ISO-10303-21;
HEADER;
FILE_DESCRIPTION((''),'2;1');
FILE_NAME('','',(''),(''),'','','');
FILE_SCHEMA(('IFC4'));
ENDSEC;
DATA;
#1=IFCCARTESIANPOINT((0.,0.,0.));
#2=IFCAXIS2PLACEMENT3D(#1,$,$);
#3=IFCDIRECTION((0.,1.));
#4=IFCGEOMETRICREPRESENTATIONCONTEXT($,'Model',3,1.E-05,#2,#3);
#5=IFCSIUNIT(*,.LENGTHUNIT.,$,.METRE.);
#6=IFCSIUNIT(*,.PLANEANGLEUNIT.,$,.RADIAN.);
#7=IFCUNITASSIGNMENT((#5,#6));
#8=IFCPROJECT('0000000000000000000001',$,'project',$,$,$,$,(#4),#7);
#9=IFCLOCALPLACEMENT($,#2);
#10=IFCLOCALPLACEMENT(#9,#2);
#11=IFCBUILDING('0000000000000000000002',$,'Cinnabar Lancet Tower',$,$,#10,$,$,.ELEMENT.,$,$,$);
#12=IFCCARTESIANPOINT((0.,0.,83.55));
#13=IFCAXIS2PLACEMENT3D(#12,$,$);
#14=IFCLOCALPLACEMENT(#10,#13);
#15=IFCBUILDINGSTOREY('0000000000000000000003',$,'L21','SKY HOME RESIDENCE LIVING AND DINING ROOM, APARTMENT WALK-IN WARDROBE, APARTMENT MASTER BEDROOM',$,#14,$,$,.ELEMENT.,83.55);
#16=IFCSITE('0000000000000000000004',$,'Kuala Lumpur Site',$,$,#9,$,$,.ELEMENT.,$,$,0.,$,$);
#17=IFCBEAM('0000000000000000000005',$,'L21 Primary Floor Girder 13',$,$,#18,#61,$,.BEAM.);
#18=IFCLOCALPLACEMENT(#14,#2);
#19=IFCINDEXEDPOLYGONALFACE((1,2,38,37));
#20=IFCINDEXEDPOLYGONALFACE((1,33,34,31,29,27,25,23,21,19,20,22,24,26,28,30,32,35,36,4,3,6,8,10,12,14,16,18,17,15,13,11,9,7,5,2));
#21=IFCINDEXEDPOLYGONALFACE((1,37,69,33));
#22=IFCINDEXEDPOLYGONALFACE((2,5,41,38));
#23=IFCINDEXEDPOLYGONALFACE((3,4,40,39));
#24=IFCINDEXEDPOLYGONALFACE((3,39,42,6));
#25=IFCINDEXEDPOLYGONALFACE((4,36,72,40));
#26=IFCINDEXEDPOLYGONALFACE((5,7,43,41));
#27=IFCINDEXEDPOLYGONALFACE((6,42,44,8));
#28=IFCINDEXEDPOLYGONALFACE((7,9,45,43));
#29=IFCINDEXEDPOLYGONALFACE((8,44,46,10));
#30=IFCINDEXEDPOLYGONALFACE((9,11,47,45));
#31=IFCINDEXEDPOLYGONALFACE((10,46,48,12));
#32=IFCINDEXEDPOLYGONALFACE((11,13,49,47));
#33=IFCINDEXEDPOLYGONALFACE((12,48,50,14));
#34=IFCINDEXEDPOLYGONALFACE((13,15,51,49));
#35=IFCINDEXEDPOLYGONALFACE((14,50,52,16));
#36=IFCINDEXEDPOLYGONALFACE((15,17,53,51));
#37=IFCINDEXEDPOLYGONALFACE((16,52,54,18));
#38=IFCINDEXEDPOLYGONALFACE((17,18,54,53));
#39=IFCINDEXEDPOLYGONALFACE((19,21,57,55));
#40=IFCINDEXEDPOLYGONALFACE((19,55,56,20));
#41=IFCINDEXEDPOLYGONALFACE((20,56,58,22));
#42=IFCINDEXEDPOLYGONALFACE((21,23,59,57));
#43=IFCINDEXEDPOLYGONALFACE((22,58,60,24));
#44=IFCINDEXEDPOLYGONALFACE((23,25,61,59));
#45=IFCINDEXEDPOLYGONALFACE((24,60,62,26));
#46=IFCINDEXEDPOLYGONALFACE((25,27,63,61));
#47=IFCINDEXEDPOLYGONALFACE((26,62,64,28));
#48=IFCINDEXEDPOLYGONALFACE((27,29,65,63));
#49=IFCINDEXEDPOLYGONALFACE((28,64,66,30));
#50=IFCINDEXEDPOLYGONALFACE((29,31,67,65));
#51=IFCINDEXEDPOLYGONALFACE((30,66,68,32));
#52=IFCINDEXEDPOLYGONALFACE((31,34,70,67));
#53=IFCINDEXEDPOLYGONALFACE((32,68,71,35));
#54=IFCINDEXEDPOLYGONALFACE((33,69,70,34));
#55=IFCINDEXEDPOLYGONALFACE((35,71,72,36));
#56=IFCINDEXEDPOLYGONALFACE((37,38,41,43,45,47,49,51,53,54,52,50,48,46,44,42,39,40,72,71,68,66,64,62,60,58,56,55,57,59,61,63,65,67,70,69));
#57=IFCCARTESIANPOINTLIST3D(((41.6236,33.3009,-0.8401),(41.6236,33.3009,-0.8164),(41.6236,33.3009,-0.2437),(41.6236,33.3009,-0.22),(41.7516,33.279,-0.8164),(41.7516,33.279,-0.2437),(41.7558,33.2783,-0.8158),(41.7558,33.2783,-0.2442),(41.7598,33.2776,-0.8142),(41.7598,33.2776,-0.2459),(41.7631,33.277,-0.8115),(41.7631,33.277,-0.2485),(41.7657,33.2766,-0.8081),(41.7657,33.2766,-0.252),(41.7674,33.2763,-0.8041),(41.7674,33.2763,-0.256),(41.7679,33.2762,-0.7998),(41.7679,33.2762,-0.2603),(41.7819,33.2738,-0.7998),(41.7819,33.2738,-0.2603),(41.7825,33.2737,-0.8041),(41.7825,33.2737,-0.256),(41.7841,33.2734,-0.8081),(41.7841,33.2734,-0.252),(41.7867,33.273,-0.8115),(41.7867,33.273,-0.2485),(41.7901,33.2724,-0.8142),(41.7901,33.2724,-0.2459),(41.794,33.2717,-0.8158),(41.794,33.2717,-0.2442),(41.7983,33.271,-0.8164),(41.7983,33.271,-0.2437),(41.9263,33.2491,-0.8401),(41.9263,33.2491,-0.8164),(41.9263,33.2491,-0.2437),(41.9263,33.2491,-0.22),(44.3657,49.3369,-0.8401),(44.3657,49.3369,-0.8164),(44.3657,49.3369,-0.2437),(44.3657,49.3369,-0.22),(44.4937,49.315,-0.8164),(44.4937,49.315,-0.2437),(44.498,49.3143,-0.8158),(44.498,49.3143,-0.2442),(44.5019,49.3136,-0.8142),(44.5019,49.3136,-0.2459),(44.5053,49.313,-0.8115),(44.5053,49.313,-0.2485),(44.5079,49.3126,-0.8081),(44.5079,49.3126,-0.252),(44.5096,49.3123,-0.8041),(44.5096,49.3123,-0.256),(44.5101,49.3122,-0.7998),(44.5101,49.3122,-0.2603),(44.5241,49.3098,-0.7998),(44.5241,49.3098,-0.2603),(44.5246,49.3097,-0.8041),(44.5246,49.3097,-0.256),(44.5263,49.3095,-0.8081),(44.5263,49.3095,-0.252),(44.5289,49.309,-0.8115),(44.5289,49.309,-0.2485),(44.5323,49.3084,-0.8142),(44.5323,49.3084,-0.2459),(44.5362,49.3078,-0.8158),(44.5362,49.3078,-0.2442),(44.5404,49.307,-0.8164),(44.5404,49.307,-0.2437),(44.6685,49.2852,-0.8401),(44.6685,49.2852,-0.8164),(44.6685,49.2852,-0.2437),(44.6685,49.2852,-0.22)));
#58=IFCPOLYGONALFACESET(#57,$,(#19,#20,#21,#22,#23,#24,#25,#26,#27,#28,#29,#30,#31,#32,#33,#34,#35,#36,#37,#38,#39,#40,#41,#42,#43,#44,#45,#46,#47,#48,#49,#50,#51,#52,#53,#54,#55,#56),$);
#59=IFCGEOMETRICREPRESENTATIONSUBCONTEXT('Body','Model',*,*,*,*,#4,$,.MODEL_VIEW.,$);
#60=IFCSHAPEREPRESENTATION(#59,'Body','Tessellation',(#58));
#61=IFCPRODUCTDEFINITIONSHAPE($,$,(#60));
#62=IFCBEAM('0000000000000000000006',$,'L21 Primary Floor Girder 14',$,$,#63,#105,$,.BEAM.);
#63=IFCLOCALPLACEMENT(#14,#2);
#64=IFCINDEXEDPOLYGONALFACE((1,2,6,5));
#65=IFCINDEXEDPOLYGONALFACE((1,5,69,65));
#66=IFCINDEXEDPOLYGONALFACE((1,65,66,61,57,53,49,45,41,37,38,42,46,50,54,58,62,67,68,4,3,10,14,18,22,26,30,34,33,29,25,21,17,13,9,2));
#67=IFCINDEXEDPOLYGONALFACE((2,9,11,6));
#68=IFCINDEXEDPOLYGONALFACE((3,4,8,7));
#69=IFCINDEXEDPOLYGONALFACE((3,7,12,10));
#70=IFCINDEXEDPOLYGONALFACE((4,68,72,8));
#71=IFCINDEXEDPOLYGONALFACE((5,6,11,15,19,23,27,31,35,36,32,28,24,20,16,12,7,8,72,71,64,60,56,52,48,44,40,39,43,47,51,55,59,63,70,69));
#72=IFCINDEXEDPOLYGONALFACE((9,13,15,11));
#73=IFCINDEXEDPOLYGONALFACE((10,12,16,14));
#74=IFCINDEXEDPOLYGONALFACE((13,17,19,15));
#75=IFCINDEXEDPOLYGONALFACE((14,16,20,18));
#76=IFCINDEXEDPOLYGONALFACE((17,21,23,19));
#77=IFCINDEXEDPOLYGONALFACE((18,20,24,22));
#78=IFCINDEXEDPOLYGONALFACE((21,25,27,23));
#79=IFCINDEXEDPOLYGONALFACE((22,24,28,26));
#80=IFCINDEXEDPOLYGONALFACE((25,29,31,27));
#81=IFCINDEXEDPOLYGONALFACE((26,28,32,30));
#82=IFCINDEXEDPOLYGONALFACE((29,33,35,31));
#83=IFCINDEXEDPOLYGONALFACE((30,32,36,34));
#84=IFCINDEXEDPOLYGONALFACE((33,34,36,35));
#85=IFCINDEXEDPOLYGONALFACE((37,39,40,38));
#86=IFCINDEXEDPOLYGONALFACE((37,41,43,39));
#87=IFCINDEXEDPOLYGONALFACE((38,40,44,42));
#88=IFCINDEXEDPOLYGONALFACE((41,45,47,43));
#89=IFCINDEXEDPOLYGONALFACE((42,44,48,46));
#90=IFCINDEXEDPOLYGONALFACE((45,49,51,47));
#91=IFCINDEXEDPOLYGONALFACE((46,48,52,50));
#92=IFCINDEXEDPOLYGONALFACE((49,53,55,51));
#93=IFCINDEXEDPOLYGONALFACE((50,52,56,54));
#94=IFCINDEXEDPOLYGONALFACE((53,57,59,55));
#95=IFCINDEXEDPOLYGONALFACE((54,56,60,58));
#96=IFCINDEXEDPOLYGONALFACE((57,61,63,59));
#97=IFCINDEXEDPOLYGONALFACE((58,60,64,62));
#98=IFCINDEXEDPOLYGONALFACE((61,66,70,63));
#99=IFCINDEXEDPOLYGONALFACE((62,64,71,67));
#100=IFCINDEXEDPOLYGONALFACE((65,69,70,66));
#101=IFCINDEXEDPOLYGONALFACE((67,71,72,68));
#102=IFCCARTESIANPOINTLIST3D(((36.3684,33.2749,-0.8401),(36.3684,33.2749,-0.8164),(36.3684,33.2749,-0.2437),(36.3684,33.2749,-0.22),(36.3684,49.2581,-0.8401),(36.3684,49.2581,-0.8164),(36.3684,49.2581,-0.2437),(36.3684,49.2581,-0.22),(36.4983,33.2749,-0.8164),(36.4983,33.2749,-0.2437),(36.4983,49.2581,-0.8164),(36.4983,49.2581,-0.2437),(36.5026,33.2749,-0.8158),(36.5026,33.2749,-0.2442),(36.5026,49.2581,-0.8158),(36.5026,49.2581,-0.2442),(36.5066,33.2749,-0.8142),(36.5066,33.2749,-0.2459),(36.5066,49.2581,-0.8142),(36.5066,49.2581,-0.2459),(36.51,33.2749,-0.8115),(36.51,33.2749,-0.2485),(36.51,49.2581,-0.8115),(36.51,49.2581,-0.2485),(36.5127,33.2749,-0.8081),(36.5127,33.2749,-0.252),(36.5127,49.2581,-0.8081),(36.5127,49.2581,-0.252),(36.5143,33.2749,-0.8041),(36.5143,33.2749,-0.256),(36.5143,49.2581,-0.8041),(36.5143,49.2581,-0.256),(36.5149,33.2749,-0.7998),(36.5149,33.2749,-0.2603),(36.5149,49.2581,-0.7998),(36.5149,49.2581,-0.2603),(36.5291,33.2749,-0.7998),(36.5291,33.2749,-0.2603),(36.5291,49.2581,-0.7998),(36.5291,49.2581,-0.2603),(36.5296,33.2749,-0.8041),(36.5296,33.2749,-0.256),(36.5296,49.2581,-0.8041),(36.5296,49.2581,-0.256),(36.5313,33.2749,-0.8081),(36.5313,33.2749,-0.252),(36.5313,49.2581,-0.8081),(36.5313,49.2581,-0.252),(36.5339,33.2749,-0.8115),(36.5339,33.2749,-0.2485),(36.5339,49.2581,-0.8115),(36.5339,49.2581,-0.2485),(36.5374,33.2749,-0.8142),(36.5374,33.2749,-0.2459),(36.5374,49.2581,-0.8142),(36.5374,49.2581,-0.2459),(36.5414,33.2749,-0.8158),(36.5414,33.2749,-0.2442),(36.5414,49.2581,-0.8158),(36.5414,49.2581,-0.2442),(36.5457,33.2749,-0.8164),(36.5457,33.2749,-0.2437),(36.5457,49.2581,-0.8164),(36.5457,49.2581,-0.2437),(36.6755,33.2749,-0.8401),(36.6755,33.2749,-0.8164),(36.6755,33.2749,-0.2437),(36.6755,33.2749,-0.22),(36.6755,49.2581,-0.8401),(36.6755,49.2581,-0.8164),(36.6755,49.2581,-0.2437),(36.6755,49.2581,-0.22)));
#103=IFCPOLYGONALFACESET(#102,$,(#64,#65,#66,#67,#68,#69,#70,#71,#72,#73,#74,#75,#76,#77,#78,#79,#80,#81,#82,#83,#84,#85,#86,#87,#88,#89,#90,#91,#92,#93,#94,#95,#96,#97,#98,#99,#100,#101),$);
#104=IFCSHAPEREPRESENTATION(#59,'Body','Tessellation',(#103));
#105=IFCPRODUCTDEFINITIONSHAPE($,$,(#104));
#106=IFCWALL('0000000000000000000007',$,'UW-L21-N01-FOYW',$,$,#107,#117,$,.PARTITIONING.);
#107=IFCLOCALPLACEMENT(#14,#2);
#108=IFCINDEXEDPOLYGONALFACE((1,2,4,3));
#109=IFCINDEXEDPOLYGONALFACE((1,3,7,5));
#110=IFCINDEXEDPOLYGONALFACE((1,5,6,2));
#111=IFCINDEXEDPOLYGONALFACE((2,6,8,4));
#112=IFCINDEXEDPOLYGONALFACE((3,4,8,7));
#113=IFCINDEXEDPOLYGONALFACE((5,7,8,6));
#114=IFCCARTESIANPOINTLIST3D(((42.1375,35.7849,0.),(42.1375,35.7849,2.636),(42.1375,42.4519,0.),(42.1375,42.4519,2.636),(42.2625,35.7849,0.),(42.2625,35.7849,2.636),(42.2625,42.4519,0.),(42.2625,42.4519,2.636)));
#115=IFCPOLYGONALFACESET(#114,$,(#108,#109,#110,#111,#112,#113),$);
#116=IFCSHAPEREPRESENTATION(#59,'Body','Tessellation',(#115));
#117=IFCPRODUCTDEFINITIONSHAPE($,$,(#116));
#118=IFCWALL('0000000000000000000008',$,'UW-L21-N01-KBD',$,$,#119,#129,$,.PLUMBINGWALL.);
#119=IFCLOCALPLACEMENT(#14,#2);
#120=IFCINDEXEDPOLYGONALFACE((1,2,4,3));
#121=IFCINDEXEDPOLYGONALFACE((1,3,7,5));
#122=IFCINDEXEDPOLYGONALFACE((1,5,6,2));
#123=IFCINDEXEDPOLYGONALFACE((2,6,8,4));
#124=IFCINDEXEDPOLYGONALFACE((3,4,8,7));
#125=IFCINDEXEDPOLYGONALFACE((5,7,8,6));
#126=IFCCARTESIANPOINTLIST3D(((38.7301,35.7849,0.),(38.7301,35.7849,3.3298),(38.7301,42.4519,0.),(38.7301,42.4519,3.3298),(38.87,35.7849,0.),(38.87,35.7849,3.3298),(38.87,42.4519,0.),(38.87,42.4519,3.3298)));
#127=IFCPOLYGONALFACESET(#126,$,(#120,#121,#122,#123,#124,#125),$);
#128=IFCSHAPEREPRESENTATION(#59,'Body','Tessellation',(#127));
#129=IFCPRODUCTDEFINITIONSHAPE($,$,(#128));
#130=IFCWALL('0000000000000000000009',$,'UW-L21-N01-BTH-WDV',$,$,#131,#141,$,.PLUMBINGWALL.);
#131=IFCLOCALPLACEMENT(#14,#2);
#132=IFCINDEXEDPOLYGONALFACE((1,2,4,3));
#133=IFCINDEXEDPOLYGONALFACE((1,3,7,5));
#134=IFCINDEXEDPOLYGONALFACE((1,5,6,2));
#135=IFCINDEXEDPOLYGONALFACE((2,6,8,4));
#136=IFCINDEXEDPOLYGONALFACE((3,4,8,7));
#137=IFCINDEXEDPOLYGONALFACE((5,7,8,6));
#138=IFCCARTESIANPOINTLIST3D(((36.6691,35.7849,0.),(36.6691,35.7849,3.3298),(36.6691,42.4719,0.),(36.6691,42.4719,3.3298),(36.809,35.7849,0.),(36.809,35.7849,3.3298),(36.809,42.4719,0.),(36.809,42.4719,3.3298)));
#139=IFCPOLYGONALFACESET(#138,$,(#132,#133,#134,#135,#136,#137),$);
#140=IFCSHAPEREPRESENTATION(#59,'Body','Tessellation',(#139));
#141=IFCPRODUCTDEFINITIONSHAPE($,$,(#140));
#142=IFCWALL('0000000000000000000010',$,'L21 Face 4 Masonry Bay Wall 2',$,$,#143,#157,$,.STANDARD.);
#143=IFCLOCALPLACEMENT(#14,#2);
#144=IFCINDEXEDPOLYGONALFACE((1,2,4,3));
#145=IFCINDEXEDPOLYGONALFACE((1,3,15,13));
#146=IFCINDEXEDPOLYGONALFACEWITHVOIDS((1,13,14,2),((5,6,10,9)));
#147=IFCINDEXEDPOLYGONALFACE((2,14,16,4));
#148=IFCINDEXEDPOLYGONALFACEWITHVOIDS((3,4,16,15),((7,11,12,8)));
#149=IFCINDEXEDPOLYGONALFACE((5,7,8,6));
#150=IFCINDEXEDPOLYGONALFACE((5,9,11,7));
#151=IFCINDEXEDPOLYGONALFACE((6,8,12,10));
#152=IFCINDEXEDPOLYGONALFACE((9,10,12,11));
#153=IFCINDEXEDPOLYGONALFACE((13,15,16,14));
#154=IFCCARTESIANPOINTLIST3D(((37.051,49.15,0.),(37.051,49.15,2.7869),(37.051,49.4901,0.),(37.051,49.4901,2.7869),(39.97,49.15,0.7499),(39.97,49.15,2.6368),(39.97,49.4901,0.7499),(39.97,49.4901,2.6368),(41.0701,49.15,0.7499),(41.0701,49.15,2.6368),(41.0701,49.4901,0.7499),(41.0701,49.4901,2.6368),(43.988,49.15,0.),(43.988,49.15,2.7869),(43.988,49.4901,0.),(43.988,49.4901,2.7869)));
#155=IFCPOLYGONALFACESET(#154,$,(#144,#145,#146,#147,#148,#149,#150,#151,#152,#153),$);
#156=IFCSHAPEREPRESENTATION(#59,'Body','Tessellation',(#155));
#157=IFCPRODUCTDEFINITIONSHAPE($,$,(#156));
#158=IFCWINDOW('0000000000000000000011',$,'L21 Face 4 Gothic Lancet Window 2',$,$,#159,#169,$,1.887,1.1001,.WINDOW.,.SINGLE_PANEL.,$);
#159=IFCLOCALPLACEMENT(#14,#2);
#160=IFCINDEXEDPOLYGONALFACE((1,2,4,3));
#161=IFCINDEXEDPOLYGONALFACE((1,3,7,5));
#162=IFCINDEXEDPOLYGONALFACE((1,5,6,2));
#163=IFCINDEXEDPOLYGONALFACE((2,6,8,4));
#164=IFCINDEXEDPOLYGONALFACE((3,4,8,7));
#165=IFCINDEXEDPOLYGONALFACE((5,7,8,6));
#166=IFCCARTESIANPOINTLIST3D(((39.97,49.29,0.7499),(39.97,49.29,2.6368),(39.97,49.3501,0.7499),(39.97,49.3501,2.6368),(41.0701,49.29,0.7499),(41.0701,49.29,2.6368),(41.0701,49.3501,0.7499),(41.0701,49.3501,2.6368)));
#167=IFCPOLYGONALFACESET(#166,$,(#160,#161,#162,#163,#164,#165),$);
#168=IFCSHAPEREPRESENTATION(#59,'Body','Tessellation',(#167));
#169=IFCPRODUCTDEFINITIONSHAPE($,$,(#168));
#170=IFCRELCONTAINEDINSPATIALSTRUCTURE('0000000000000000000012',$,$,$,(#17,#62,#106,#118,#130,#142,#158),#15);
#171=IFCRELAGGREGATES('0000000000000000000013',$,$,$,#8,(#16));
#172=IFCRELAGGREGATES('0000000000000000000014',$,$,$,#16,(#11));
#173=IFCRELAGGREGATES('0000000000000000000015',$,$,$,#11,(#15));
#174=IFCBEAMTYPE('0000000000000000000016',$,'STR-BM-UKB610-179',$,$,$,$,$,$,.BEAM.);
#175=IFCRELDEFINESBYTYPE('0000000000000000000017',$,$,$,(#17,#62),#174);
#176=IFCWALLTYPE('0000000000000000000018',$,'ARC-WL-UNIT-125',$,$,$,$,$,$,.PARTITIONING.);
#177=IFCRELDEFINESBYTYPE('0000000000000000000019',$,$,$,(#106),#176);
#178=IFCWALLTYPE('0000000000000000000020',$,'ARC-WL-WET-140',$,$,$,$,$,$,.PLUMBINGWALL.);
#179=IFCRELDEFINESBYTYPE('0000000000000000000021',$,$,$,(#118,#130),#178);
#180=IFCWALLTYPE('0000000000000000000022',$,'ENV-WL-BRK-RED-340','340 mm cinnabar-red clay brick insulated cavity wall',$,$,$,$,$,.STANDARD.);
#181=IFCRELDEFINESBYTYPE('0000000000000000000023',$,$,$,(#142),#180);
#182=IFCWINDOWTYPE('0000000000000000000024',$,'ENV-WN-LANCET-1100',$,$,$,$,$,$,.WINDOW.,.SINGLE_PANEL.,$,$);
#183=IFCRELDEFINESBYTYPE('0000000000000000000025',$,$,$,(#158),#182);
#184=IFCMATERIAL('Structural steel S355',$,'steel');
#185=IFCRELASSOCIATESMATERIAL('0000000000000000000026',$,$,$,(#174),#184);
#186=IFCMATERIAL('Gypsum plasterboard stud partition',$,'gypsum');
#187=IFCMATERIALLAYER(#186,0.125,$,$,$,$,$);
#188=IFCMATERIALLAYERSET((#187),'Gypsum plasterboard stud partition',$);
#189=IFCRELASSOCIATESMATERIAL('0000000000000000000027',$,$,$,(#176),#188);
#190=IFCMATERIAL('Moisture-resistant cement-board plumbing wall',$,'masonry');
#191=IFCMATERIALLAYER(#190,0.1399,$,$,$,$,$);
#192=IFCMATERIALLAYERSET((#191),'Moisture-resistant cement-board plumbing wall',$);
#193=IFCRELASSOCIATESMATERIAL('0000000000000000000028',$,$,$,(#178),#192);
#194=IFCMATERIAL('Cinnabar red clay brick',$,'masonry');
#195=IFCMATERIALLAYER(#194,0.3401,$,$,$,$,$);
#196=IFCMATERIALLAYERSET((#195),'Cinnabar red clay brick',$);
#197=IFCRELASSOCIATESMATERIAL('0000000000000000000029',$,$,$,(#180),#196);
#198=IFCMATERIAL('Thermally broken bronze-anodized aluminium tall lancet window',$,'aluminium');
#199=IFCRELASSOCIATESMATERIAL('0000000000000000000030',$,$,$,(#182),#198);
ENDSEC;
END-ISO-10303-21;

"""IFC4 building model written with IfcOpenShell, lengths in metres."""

from ifc_helpers import new_model, si_unit, direction, frame, frame_2d, origin, origin_2d, place, context, subcontext, project, spatial, rectangle, i_section, extrude, material, layer, layer_set, material_profile, profile_set, type_object, element, fill, save


model = new_model("IFC4")

# Units and contexts
model_context = context("Model", 3, precision=1e-05, world=origin(), true_north=direction((0.0, 1.0)))
body_context = subcontext(model_context, "Body", "Model", "MODEL_VIEW")
ifc_project = project(units=[si_unit("LENGTHUNIT", "METRE"), si_unit("PLANEANGLEUNIT", "RADIAN")], contexts=[model_context])

# Site, building, storey
site_placement = place(None, origin())
site = spatial("IfcSite", under=ifc_project, at=site_placement, Name="Kuala Lumpur Site", CompositionType="ELEMENT", RefElevation=0.0)
building_placement = place(site_placement, origin())
building = spatial("IfcBuilding", under=site, at=building_placement, Name="Cinnabar Lancet Tower", CompositionType="ELEMENT")
storey_placement = place(building_placement, frame((0.0, 0.0, 83.55)))
storey = spatial("IfcBuildingStorey", under=building, at=storey_placement, Name="L21", Description="SKY HOME RESIDENCE LIVING AND DINING ROOM, APARTMENT WALK-IN WARDROBE, APARTMENT MASTER BEDROOM", CompositionType="ELEMENT", Elevation=83.55)

# Beams
ifc_material_1 = material(Name="Structural steel S355", Category="steel")
ifc_material_profile_1 = material_profile(ifc_material_1, i_section(OverallWidth=0.3071, OverallDepth=0.6201, WebThickness=0.0142, FlangeThickness=0.0237, FilletRadius=0.0166, at=origin_2d()), Name="UKB 610x305x179")
ifc_profile_set_1 = profile_set([ifc_material_profile_1], Name="Structural steel S355")
beam_type_1 = type_object("IfcBeamType", Name="STR-BM-UKB610-179", PredefinedType="BEAM", material=ifc_profile_set_1)
beam_1_placement = place(storey_placement, frame((44.5171, 49.311, -0.53), z_axis=(-0.168554, -0.985692, 0.0), x_axis=(0.985692, -0.168554, 0.0)))
element("IfcBeam", 1, at=beam_1_placement, inside=storey, type_object=beam_type_1, Name="L21 Primary Floor Girder 13", PredefinedType="BEAM", context=body_context, shape_type="SweptSolid", body=[
    extrude(i_section(OverallWidth=0.3071, OverallDepth=0.6201, WebThickness=0.0142, FlangeThickness=0.0237, FilletRadius=0.0166, at=origin_2d()), origin(), (0.0, 0.0, 1.0), 16.2688),
])
beam_2_placement = place(storey_placement, frame((36.522, 49.2581, -0.53), z_axis=(0.0, -1.0, 0.0), x_axis=(1.0, 0.0, 0.0)))
element("IfcBeam", 2, at=beam_2_placement, inside=storey, type_object=beam_type_1, Name="L21 Primary Floor Girder 14", PredefinedType="BEAM", context=body_context, shape_type="SweptSolid", body=[
    extrude(i_section(OverallWidth=0.3071, OverallDepth=0.6201, WebThickness=0.0142, FlangeThickness=0.0237, FilletRadius=0.0166, at=origin_2d()), origin(), (0.0, 0.0, 1.0), 15.9832),
])

# Walls
ifc_material_2 = material(Name="Gypsum plasterboard stud partition", Category="gypsum")
ifc_layer_1 = layer(ifc_material_2, 0.125)
ifc_layer_set_1 = layer_set([ifc_layer_1], Name="Gypsum plasterboard stud partition")
wall_type_1 = type_object("IfcWallType", Name="ARC-WL-UNIT-125", PredefinedType="PARTITIONING", material=ifc_layer_set_1)
wall_1_placement = place(storey_placement, frame((42.2, 35.7849, 0.0), z_axis=(0.0, 0.0, 1.0), x_axis=(0.0, 1.0, 0.0)))
element("IfcWall", 3, at=wall_1_placement, inside=storey, type_object=wall_type_1, Name="UW-L21-N01-FOYW", PredefinedType="PARTITIONING", context=body_context, shape_type="SweptSolid", body=[
    extrude(rectangle(XDim=6.667, YDim=0.125, at=frame_2d((3.3335, 0.0))), origin(), (0.0, 0.0, 1.0), 2.636),
])
ifc_material_3 = material(Name="Moisture-resistant cement-board plumbing wall", Category="masonry")
ifc_layer_2 = layer(ifc_material_3, 0.1399)
ifc_layer_set_2 = layer_set([ifc_layer_2], Name="Moisture-resistant cement-board plumbing wall")
wall_type_2 = type_object("IfcWallType", Name="ARC-WL-WET-140", PredefinedType="PLUMBINGWALL", material=ifc_layer_set_2)
wall_2_placement = place(storey_placement, frame((38.8, 35.7849, 0.0), z_axis=(0.0, 0.0, 1.0), x_axis=(0.0, 1.0, 0.0)))
element("IfcWall", 4, at=wall_2_placement, inside=storey, type_object=wall_type_2, Name="UW-L21-N01-KBD", PredefinedType="PLUMBINGWALL", context=body_context, shape_type="SweptSolid", body=[
    extrude(rectangle(XDim=6.667, YDim=0.1399, at=frame_2d((3.3335, 0.0))), origin(), (0.0, 0.0, 1.0), 3.3298),
])
wall_3_placement = place(storey_placement, frame((36.739, 35.7849, 0.0), z_axis=(0.0, 0.0, 1.0), x_axis=(0.0, 1.0, 0.0)))
element("IfcWall", 5, at=wall_3_placement, inside=storey, type_object=wall_type_2, Name="UW-L21-N01-BTH-WDV", PredefinedType="PLUMBINGWALL", context=body_context, shape_type="SweptSolid", body=[
    extrude(rectangle(XDim=6.687, YDim=0.1399, at=frame_2d((3.3435, 0.0))), origin(), (0.0, 0.0, 1.0), 3.3298),
])

# Wall, opening, window
ifc_material_4 = material(Name="Cinnabar red clay brick", Category="masonry")
ifc_layer_3 = layer(ifc_material_4, 0.3401)
ifc_layer_set_3 = layer_set([ifc_layer_3], Name="Cinnabar red clay brick")
wall_type_3 = type_object("IfcWallType", Name="ENV-WL-BRK-RED-340", Description="340 mm cinnabar-red clay brick insulated cavity wall", PredefinedType="STANDARD", material=ifc_layer_set_3)
wall_4_placement = place(storey_placement, frame((43.988, 49.3201, 0.0), z_axis=(0.0, 0.0, 1.0), x_axis=(-1.0, 0.0, 0.0)))
wall_4 = element("IfcWall", 6, at=wall_4_placement, inside=storey, type_object=wall_type_3, Name="L21 Face 4 Masonry Bay Wall 2", PredefinedType="STANDARD", context=body_context, shape_type="SweptSolid", body=[
    extrude(rectangle(XDim=6.937, YDim=0.3401, at=frame_2d((3.4685, 0.0))), origin(), (0.0, 0.0, 1.0), 2.7869),
])
opening_1_placement = place(wall_4_placement, frame((2.918, 0.0, 0.75)))
opening_1 = element("IfcOpeningElement", 7, at=opening_1_placement, cuts=wall_4, PredefinedType="OPENING", context=body_context, shape_type="SweptSolid", body=[
    extrude(rectangle(XDim=1.1001, YDim=1.887, at=frame_2d((0.55, 0.9434))), frame((0.0, 0.1799, 0.0), z_axis=(0.0, -1.0, 0.0), x_axis=(1.0, 0.0, 0.0)), (0.0, 0.0, 1.0), 0.3601),
])
ifc_material_5 = material(Name="Thermally broken bronze-anodized aluminium tall lancet window", Category="aluminium")
window_type = type_object("IfcWindowType", Name="ENV-WN-LANCET-1100", PartitioningType="SINGLE_PANEL", PredefinedType="WINDOW", material=ifc_material_5)
window_1_placement = place(opening_1_placement, origin())
window_1 = element("IfcWindow", 8, at=window_1_placement, inside=storey, type_object=window_type, Name="L21 Face 4 Gothic Lancet Window 2", OverallHeight=1.887, OverallWidth=1.1001, PartitioningType="SINGLE_PANEL", PredefinedType="WINDOW", context=body_context, shape_type="SweptSolid", body=[
    extrude(rectangle(XDim=1.1001, YDim=1.887, at=frame_2d((0.55, 0.9434))), frame((0.0, 0.03, 0.0), z_axis=(0.0, -1.0, 0.0), x_axis=(1.0, 0.0, 0.0)), (0.0, 0.0, 1.0), 0.0601),
])
fill(opening_1, window_1)

save(model, "model.ifc")
